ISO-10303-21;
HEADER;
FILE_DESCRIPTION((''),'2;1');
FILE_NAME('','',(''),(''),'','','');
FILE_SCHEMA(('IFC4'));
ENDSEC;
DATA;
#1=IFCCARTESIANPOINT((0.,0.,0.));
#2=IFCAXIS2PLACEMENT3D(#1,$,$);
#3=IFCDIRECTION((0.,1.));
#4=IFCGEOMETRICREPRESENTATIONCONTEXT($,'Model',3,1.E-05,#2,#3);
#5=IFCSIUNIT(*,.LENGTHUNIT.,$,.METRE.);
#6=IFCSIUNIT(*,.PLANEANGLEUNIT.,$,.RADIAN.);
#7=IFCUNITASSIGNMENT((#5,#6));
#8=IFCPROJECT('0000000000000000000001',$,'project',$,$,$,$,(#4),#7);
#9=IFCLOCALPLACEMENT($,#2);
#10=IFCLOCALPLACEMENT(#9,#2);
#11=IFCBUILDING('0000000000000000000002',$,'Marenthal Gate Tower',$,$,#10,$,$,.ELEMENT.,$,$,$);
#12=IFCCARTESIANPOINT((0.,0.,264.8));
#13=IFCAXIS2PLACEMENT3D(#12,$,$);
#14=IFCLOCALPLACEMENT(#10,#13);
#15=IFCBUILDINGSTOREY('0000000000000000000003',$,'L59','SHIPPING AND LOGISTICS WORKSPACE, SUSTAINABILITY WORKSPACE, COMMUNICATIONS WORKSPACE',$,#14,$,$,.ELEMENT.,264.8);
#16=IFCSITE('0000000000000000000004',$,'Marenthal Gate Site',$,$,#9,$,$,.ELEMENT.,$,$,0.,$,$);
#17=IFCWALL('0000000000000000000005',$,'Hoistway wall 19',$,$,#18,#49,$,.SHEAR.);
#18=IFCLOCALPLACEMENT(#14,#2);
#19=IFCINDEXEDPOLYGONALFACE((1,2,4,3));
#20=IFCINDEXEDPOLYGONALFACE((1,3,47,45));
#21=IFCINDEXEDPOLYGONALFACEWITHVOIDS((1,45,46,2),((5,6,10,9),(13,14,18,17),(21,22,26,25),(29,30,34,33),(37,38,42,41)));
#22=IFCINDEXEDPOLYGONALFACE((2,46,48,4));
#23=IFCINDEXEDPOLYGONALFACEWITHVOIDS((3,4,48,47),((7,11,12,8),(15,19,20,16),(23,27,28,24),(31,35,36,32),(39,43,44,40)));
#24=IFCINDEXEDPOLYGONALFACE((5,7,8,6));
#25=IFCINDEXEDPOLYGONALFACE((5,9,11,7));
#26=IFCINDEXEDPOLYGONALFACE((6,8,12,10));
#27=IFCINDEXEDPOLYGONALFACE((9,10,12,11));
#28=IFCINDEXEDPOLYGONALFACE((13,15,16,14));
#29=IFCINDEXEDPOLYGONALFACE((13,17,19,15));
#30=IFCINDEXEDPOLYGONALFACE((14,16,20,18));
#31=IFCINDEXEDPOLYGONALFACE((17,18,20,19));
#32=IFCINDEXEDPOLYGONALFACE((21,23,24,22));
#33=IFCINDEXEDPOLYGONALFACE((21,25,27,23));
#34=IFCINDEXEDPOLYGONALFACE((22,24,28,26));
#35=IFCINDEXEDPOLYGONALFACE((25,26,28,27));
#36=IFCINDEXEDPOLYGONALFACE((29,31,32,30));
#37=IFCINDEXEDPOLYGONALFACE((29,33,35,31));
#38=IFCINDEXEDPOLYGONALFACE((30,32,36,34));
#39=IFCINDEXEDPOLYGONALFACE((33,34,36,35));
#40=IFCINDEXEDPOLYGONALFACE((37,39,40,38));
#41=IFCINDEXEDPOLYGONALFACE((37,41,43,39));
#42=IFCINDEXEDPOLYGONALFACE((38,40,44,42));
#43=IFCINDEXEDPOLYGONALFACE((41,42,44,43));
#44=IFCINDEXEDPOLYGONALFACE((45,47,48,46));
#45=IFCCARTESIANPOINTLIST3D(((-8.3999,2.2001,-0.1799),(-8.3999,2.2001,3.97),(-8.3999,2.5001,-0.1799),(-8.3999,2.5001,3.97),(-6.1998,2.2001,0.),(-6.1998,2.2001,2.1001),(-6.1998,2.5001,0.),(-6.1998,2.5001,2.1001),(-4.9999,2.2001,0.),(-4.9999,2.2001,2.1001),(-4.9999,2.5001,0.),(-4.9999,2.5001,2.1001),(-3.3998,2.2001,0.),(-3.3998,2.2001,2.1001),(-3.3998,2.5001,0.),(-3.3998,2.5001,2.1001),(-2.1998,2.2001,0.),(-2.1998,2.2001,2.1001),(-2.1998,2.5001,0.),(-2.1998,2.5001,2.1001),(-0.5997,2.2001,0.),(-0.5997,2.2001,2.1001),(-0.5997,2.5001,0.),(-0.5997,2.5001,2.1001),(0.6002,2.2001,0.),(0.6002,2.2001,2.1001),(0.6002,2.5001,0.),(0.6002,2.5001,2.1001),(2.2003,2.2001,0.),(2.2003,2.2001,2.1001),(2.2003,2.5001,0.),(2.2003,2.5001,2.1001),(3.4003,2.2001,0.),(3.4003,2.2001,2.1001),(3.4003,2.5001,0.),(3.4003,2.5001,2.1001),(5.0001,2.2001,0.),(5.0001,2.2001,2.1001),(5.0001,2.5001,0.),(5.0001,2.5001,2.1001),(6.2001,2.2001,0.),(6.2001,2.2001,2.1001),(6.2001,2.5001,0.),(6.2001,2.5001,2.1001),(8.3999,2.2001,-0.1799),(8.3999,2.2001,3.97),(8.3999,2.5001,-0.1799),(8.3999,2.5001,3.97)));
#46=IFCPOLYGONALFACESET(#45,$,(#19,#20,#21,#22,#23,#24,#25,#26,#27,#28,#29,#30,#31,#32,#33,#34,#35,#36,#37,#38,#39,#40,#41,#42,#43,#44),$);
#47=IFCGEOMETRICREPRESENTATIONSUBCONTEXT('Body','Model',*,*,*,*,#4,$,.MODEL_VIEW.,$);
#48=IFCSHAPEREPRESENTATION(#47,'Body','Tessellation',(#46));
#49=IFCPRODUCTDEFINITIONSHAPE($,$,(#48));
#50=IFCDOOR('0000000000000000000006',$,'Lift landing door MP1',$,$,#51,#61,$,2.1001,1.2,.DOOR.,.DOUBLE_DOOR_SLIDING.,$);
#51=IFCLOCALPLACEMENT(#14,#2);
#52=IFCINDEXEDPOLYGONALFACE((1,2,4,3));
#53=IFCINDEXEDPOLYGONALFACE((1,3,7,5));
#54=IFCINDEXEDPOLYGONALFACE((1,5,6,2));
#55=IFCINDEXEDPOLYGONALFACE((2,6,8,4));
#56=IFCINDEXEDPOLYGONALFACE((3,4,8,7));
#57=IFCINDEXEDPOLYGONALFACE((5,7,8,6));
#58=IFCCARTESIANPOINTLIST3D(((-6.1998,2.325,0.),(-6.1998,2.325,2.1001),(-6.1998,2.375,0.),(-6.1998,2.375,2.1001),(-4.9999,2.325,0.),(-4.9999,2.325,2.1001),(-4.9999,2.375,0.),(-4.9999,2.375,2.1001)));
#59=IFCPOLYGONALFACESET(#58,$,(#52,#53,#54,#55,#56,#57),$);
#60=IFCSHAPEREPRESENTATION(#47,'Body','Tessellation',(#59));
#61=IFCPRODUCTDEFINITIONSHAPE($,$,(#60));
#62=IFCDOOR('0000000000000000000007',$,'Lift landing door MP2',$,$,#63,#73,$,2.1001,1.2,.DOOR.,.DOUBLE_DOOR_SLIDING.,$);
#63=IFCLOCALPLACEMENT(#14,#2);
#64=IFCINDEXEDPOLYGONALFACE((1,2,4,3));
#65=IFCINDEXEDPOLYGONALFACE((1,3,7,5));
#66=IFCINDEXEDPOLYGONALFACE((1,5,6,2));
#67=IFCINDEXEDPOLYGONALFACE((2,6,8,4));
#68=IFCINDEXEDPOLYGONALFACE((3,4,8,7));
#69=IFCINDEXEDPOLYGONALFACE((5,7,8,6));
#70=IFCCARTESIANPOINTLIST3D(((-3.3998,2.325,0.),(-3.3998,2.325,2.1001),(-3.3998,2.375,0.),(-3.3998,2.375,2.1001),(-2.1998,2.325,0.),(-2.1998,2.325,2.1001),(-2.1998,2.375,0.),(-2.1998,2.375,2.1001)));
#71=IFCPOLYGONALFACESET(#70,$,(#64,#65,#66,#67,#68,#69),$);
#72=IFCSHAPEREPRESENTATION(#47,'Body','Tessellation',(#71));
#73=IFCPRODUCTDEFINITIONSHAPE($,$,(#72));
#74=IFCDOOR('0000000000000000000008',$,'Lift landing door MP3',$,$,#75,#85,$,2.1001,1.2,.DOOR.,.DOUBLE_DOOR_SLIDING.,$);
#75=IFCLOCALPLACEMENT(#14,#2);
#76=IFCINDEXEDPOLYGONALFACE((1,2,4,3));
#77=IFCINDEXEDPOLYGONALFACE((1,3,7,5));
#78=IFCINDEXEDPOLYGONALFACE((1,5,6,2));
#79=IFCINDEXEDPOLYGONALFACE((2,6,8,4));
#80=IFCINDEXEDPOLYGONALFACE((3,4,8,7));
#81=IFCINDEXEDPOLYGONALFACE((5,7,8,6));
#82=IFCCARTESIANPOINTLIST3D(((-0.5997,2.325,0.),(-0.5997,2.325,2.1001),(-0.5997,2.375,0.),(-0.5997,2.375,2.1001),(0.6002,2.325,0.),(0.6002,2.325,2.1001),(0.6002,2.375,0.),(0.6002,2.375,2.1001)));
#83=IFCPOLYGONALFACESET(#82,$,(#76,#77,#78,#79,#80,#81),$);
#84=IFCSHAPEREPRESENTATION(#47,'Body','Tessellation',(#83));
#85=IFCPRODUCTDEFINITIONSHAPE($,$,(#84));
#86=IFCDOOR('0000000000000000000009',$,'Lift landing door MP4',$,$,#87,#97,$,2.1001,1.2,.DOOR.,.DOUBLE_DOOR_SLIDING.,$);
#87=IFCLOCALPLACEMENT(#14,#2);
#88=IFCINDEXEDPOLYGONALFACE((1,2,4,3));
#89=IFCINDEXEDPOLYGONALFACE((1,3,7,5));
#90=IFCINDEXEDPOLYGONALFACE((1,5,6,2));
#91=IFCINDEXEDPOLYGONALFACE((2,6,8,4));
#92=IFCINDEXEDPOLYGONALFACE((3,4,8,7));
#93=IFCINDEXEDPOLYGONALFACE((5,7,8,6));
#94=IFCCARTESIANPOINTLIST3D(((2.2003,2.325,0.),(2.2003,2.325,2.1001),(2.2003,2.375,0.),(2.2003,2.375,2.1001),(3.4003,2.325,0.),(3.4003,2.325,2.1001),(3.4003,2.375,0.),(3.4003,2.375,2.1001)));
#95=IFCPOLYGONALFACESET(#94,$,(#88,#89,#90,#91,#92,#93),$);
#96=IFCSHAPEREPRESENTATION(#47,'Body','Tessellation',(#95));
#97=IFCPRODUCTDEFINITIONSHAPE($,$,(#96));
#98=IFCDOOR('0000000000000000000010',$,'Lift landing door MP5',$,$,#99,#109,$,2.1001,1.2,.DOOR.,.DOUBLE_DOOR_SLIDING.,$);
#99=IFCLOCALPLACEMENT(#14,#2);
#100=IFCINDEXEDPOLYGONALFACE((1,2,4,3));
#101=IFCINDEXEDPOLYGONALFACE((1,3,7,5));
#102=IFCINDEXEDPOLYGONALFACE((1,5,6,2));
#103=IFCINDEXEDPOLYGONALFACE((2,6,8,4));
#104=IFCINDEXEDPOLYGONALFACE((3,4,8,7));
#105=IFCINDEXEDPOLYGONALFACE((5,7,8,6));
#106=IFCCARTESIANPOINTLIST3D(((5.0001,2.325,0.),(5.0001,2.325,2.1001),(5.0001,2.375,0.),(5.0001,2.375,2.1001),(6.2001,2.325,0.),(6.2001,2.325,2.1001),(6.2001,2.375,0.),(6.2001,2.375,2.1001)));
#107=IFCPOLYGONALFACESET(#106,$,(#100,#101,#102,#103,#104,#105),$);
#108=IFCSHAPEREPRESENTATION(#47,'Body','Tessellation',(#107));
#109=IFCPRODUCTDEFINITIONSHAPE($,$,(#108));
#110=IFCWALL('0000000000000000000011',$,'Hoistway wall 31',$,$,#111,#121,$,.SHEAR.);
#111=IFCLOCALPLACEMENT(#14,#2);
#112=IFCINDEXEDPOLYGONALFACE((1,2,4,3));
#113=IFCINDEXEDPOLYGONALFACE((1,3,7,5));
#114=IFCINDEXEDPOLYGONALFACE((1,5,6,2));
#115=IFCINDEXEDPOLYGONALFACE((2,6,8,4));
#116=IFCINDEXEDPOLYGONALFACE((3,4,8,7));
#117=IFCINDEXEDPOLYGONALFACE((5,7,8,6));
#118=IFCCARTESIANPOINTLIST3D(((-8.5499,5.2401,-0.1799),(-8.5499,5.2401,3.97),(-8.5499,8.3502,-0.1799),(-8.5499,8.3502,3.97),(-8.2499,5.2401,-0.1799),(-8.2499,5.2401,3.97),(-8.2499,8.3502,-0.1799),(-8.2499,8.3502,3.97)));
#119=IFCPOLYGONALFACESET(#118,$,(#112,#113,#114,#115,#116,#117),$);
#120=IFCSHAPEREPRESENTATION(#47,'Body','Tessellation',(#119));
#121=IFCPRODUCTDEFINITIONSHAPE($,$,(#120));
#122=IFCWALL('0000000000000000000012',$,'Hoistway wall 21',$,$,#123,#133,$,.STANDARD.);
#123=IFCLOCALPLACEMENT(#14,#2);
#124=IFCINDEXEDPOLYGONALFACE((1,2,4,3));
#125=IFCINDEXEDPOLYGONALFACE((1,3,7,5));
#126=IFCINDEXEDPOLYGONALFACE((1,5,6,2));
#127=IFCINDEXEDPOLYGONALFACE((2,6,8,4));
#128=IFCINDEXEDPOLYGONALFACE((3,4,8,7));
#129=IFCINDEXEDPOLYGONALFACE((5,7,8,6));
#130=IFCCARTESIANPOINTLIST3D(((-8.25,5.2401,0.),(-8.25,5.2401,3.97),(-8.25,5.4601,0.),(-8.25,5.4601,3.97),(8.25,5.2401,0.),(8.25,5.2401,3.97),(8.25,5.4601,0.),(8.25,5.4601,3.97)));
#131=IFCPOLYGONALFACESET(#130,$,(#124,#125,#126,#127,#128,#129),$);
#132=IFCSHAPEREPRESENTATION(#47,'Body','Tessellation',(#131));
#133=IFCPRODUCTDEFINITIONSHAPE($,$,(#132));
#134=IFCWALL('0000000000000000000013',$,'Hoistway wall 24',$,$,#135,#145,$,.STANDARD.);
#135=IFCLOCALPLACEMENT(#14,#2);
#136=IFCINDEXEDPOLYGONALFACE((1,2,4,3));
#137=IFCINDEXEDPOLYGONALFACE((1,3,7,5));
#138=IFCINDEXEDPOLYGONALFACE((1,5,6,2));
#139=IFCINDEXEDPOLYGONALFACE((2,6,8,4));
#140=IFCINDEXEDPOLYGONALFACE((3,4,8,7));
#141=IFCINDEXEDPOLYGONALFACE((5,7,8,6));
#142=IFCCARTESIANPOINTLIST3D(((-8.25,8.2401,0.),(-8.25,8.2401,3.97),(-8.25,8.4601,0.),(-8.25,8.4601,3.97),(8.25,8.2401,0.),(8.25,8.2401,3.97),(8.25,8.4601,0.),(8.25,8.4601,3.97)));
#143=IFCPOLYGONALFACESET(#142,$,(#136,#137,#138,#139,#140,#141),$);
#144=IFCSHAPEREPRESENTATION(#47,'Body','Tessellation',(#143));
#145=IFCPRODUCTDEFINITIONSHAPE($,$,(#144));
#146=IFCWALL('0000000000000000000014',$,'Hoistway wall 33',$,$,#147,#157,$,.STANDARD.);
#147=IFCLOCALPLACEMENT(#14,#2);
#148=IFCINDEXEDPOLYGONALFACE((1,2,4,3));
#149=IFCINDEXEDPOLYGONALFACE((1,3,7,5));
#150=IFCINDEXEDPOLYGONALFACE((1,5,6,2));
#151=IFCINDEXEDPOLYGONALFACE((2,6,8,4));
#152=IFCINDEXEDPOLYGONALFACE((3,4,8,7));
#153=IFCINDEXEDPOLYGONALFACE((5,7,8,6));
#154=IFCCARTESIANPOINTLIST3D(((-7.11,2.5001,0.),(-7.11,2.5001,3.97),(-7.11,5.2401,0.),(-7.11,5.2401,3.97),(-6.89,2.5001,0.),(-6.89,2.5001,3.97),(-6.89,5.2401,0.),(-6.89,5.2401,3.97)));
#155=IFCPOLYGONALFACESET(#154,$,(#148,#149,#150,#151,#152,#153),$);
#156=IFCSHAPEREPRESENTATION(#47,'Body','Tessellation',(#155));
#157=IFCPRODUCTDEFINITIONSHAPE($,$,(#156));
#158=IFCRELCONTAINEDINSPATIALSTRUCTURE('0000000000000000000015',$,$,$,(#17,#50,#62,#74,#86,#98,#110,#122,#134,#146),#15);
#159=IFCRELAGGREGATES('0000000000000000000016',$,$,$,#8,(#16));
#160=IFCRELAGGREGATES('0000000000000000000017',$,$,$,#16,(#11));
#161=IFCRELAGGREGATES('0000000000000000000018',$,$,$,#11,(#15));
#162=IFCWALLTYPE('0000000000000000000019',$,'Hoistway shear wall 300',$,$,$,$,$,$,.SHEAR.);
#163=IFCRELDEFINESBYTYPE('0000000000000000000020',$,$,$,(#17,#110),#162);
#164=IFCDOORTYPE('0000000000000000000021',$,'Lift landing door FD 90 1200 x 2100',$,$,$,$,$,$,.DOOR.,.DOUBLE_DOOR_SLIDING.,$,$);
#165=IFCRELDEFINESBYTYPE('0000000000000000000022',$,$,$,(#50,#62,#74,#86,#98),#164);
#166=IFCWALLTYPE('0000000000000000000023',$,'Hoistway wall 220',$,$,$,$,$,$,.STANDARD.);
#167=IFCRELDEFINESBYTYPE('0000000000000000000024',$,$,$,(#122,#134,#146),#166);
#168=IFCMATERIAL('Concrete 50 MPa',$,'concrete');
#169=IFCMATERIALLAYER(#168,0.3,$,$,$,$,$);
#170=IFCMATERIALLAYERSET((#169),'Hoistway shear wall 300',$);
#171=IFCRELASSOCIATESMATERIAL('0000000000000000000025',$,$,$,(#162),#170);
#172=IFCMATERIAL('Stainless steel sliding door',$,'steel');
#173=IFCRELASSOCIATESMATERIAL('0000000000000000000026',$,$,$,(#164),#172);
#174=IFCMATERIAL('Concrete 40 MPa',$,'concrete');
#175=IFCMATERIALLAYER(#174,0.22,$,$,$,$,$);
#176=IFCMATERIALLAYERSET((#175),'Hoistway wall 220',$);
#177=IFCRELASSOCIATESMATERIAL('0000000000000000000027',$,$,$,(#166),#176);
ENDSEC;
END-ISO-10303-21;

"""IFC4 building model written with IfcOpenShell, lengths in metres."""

from ifc_helpers import new_model, si_unit, direction, frame, frame_2d, origin, place, context, subcontext, project, spatial, rectangle, extrude, material, layer, layer_set, type_object, element, fill, save


model = new_model("IFC4")

# Units and contexts
model_context = context("Model", 3, precision=1e-05, world=origin(), true_north=direction((0.0, 1.0)))
body_context = subcontext(model_context, "Body", "Model", "MODEL_VIEW")
ifc_project = project(units=[si_unit("LENGTHUNIT", "METRE"), si_unit("PLANEANGLEUNIT", "RADIAN")], contexts=[model_context])

# Site, building, storey
site_placement = place(None, origin())
site = spatial("IfcSite", under=ifc_project, at=site_placement, Name="Marenthal Gate Site", CompositionType="ELEMENT", RefElevation=0.0)
building_placement = place(site_placement, origin())
building = spatial("IfcBuilding", under=site, at=building_placement, Name="Marenthal Gate Tower", CompositionType="ELEMENT")
storey_placement = place(building_placement, frame((0.0, 0.0, 264.8)))
storey = spatial("IfcBuildingStorey", under=building, at=storey_placement, Name="L59", Description="SHIPPING AND LOGISTICS WORKSPACE, SUSTAINABILITY WORKSPACE, COMMUNICATIONS WORKSPACE", CompositionType="ELEMENT", Elevation=264.8)

# Wall, openings, doors
ifc_material_1 = material(Name="Concrete 50 MPa", Category="concrete")
ifc_layer_1 = layer(ifc_material_1, 0.3)
ifc_layer_set_1 = layer_set([ifc_layer_1], Name="Hoistway shear wall 300")
wall_type_1 = type_object("IfcWallType", Name="Hoistway shear wall 300", PredefinedType="SHEAR", material=ifc_layer_set_1)
wall_1_placement = place(storey_placement, frame((-8.3999, 2.3501, -0.1799), z_axis=(0.0, 0.0, 1.0), x_axis=(1.0, 0.0, 0.0)))
wall_1 = element("IfcWall", 1, at=wall_1_placement, inside=storey, type_object=wall_type_1, Name="Hoistway wall 19", PredefinedType="SHEAR", context=body_context, shape_type="SweptSolid", body=[
    extrude(rectangle(XDim=16.7998, YDim=0.3, at=frame_2d((8.3999, 0.0))), origin(), (0.0, 0.0, 1.0), 4.1499),
])
opening_1_placement = place(wall_1_placement, frame((2.2, 0.0, 0.1799)))
opening_1 = element("IfcOpeningElement", 2, at=opening_1_placement, cuts=wall_1, PredefinedType="OPENING", context=body_context, shape_type="SweptSolid", body=[
    extrude(rectangle(XDim=1.2, YDim=2.1001, at=frame_2d((0.6001, 1.05))), frame((0.0, 0.1602, 0.0), z_axis=(0.0, -1.0, 0.0), x_axis=(1.0, 0.0, 0.0)), (0.0, 0.0, 1.0), 0.3201),
])
opening_2_placement = place(wall_1_placement, frame((5.0, 0.0, 0.1799)))
opening_2 = element("IfcOpeningElement", 3, at=opening_2_placement, cuts=wall_1, PredefinedType="OPENING", context=body_context, shape_type="SweptSolid", body=[
    extrude(rectangle(XDim=1.2, YDim=2.1001, at=frame_2d((0.6001, 1.05))), frame((0.0, 0.1602, 0.0), z_axis=(0.0, -1.0, 0.0), x_axis=(1.0, 0.0, 0.0)), (0.0, 0.0, 1.0), 0.3201),
])
opening_3_placement = place(wall_1_placement, frame((7.8, 0.0, 0.1799)))
opening_3 = element("IfcOpeningElement", 4, at=opening_3_placement, cuts=wall_1, PredefinedType="OPENING", context=body_context, shape_type="SweptSolid", body=[
    extrude(rectangle(XDim=1.2, YDim=2.1001, at=frame_2d((0.6001, 1.05))), frame((0.0, 0.1602, 0.0), z_axis=(0.0, -1.0, 0.0), x_axis=(1.0, 0.0, 0.0)), (0.0, 0.0, 1.0), 0.3201),
])
opening_4_placement = place(wall_1_placement, frame((10.6001, 0.0, 0.1799)))
opening_4 = element("IfcOpeningElement", 5, at=opening_4_placement, cuts=wall_1, PredefinedType="OPENING", context=body_context, shape_type="SweptSolid", body=[
    extrude(rectangle(XDim=1.2, YDim=2.1001, at=frame_2d((0.6001, 1.05))), frame((0.0, 0.1602, 0.0), z_axis=(0.0, -1.0, 0.0), x_axis=(1.0, 0.0, 0.0)), (0.0, 0.0, 1.0), 0.3201),
])
opening_5_placement = place(wall_1_placement, frame((13.3999, 0.0, 0.1799)))
opening_5 = element("IfcOpeningElement", 6, at=opening_5_placement, cuts=wall_1, PredefinedType="OPENING", context=body_context, shape_type="SweptSolid", body=[
    extrude(rectangle(XDim=1.2, YDim=2.1001, at=frame_2d((0.6001, 1.05))), frame((0.0, 0.1602, 0.0), z_axis=(0.0, -1.0, 0.0), x_axis=(1.0, 0.0, 0.0)), (0.0, 0.0, 1.0), 0.3201),
])
ifc_material_2 = material(Name="Stainless steel sliding door", Category="steel")
door_type_1 = type_object("IfcDoorType", Name="Lift landing door FD 90 1200 x 2100", OperationType="DOUBLE_DOOR_SLIDING", PredefinedType="DOOR", material=ifc_material_2)
door_1_placement = place(opening_1_placement, origin())
door_1 = element("IfcDoor", 7, at=door_1_placement, inside=storey, type_object=door_type_1, Name="Lift landing door MP1", OperationType="DOUBLE_DOOR_SLIDING", OverallHeight=2.1001, OverallWidth=1.2, PredefinedType="DOOR", context=body_context, shape_type="SweptSolid", body=[
    extrude(rectangle(XDim=1.2, YDim=2.1001, at=frame_2d((0.6001, 1.05))), frame((0.0, 0.0249, 0.0), z_axis=(0.0, -1.0, 0.0), x_axis=(1.0, 0.0, 0.0)), (0.0, 0.0, 1.0), 0.05),
])
fill(opening_1, door_1)
door_2_placement = place(opening_2_placement, origin())
door_2 = element("IfcDoor", 8, at=door_2_placement, inside=storey, type_object=door_type_1, Name="Lift landing door MP2", OperationType="DOUBLE_DOOR_SLIDING", OverallHeight=2.1001, OverallWidth=1.2, PredefinedType="DOOR", context=body_context, shape_type="SweptSolid", body=[
    extrude(rectangle(XDim=1.2, YDim=2.1001, at=frame_2d((0.6001, 1.05))), frame((0.0, 0.0249, 0.0), z_axis=(0.0, -1.0, 0.0), x_axis=(1.0, 0.0, 0.0)), (0.0, 0.0, 1.0), 0.05),
])
fill(opening_2, door_2)
door_3_placement = place(opening_3_placement, origin())
door_3 = element("IfcDoor", 9, at=door_3_placement, inside=storey, type_object=door_type_1, Name="Lift landing door MP3", OperationType="DOUBLE_DOOR_SLIDING", OverallHeight=2.1001, OverallWidth=1.2, PredefinedType="DOOR", context=body_context, shape_type="SweptSolid", body=[
    extrude(rectangle(XDim=1.2, YDim=2.1001, at=frame_2d((0.6001, 1.05))), frame((0.0, 0.0249, 0.0), z_axis=(0.0, -1.0, 0.0), x_axis=(1.0, 0.0, 0.0)), (0.0, 0.0, 1.0), 0.05),
])
fill(opening_3, door_3)
door_4_placement = place(opening_4_placement, origin())
door_4 = element("IfcDoor", 10, at=door_4_placement, inside=storey, type_object=door_type_1, Name="Lift landing door MP4", OperationType="DOUBLE_DOOR_SLIDING", OverallHeight=2.1001, OverallWidth=1.2, PredefinedType="DOOR", context=body_context, shape_type="SweptSolid", body=[
    extrude(rectangle(XDim=1.2, YDim=2.1001, at=frame_2d((0.6001, 1.05))), frame((0.0, 0.0249, 0.0), z_axis=(0.0, -1.0, 0.0), x_axis=(1.0, 0.0, 0.0)), (0.0, 0.0, 1.0), 0.05),
])
fill(opening_4, door_4)
door_5_placement = place(opening_5_placement, origin())
door_5 = element("IfcDoor", 11, at=door_5_placement, inside=storey, type_object=door_type_1, Name="Lift landing door MP5", OperationType="DOUBLE_DOOR_SLIDING", OverallHeight=2.1001, OverallWidth=1.2, PredefinedType="DOOR", context=body_context, shape_type="SweptSolid", body=[
    extrude(rectangle(XDim=1.2, YDim=2.1001, at=frame_2d((0.6001, 1.05))), frame((0.0, 0.0249, 0.0), z_axis=(0.0, -1.0, 0.0), x_axis=(1.0, 0.0, 0.0)), (0.0, 0.0, 1.0), 0.05),
])
fill(opening_5, door_5)

# Walls
wall_2_placement = place(storey_placement, frame((-8.3999, 5.24, -0.1799), z_axis=(0.0, 0.0, 1.0), x_axis=(0.0, 1.0, 0.0)))
element("IfcWall", 12, at=wall_2_placement, inside=storey, type_object=wall_type_1, Name="Hoistway wall 31", PredefinedType="SHEAR", context=body_context, shape_type="SweptSolid", body=[
    extrude(rectangle(XDim=3.1101, YDim=0.3, at=frame_2d((1.5552, 0.0))), origin(), (0.0, 0.0, 1.0), 4.1499),
])
ifc_material_3 = material(Name="Concrete 40 MPa", Category="concrete")
ifc_layer_2 = layer(ifc_material_3, 0.22)
ifc_layer_set_2 = layer_set([ifc_layer_2], Name="Hoistway wall 220")
wall_type_2 = type_object("IfcWallType", Name="Hoistway wall 220", PredefinedType="STANDARD", material=ifc_layer_set_2)
for number, where, z_axis, x_axis, name in (
    (13, (-8.25, 5.3501, 0.0), (0.0, 0.0, 1.0), (1.0, 0.0, 0.0), "Hoistway wall 21"),
    (14, (-8.25, 8.3501, 0.0), (0.0, 0.0, 1.0), (1.0, 0.0, 0.0), "Hoistway wall 24"),
):
    element("IfcWall", number, at=place(storey_placement, frame(where, z_axis=z_axis, x_axis=x_axis)), inside=storey, type_object=wall_type_2, Name=name, PredefinedType="STANDARD", context=body_context, shape_type="SweptSolid", body=[
        extrude(rectangle(XDim=16.5, YDim=0.22, at=frame_2d((8.25, 0.0))), origin(), (0.0, 0.0, 1.0), 3.97),
    ])
wall_3_placement = place(storey_placement, frame((-7.0, 2.5, 0.0), z_axis=(0.0, 0.0, 1.0), x_axis=(0.0, 1.0, 0.0)))
element("IfcWall", 15, at=wall_3_placement, inside=storey, type_object=wall_type_2, Name="Hoistway wall 33", PredefinedType="STANDARD", context=body_context, shape_type="SweptSolid", body=[
    extrude(rectangle(XDim=2.74, YDim=0.22, at=frame_2d((1.3701, 0.0))), origin(), (0.0, 0.0, 1.0), 3.97),
])

save(model, "model.ifc")
